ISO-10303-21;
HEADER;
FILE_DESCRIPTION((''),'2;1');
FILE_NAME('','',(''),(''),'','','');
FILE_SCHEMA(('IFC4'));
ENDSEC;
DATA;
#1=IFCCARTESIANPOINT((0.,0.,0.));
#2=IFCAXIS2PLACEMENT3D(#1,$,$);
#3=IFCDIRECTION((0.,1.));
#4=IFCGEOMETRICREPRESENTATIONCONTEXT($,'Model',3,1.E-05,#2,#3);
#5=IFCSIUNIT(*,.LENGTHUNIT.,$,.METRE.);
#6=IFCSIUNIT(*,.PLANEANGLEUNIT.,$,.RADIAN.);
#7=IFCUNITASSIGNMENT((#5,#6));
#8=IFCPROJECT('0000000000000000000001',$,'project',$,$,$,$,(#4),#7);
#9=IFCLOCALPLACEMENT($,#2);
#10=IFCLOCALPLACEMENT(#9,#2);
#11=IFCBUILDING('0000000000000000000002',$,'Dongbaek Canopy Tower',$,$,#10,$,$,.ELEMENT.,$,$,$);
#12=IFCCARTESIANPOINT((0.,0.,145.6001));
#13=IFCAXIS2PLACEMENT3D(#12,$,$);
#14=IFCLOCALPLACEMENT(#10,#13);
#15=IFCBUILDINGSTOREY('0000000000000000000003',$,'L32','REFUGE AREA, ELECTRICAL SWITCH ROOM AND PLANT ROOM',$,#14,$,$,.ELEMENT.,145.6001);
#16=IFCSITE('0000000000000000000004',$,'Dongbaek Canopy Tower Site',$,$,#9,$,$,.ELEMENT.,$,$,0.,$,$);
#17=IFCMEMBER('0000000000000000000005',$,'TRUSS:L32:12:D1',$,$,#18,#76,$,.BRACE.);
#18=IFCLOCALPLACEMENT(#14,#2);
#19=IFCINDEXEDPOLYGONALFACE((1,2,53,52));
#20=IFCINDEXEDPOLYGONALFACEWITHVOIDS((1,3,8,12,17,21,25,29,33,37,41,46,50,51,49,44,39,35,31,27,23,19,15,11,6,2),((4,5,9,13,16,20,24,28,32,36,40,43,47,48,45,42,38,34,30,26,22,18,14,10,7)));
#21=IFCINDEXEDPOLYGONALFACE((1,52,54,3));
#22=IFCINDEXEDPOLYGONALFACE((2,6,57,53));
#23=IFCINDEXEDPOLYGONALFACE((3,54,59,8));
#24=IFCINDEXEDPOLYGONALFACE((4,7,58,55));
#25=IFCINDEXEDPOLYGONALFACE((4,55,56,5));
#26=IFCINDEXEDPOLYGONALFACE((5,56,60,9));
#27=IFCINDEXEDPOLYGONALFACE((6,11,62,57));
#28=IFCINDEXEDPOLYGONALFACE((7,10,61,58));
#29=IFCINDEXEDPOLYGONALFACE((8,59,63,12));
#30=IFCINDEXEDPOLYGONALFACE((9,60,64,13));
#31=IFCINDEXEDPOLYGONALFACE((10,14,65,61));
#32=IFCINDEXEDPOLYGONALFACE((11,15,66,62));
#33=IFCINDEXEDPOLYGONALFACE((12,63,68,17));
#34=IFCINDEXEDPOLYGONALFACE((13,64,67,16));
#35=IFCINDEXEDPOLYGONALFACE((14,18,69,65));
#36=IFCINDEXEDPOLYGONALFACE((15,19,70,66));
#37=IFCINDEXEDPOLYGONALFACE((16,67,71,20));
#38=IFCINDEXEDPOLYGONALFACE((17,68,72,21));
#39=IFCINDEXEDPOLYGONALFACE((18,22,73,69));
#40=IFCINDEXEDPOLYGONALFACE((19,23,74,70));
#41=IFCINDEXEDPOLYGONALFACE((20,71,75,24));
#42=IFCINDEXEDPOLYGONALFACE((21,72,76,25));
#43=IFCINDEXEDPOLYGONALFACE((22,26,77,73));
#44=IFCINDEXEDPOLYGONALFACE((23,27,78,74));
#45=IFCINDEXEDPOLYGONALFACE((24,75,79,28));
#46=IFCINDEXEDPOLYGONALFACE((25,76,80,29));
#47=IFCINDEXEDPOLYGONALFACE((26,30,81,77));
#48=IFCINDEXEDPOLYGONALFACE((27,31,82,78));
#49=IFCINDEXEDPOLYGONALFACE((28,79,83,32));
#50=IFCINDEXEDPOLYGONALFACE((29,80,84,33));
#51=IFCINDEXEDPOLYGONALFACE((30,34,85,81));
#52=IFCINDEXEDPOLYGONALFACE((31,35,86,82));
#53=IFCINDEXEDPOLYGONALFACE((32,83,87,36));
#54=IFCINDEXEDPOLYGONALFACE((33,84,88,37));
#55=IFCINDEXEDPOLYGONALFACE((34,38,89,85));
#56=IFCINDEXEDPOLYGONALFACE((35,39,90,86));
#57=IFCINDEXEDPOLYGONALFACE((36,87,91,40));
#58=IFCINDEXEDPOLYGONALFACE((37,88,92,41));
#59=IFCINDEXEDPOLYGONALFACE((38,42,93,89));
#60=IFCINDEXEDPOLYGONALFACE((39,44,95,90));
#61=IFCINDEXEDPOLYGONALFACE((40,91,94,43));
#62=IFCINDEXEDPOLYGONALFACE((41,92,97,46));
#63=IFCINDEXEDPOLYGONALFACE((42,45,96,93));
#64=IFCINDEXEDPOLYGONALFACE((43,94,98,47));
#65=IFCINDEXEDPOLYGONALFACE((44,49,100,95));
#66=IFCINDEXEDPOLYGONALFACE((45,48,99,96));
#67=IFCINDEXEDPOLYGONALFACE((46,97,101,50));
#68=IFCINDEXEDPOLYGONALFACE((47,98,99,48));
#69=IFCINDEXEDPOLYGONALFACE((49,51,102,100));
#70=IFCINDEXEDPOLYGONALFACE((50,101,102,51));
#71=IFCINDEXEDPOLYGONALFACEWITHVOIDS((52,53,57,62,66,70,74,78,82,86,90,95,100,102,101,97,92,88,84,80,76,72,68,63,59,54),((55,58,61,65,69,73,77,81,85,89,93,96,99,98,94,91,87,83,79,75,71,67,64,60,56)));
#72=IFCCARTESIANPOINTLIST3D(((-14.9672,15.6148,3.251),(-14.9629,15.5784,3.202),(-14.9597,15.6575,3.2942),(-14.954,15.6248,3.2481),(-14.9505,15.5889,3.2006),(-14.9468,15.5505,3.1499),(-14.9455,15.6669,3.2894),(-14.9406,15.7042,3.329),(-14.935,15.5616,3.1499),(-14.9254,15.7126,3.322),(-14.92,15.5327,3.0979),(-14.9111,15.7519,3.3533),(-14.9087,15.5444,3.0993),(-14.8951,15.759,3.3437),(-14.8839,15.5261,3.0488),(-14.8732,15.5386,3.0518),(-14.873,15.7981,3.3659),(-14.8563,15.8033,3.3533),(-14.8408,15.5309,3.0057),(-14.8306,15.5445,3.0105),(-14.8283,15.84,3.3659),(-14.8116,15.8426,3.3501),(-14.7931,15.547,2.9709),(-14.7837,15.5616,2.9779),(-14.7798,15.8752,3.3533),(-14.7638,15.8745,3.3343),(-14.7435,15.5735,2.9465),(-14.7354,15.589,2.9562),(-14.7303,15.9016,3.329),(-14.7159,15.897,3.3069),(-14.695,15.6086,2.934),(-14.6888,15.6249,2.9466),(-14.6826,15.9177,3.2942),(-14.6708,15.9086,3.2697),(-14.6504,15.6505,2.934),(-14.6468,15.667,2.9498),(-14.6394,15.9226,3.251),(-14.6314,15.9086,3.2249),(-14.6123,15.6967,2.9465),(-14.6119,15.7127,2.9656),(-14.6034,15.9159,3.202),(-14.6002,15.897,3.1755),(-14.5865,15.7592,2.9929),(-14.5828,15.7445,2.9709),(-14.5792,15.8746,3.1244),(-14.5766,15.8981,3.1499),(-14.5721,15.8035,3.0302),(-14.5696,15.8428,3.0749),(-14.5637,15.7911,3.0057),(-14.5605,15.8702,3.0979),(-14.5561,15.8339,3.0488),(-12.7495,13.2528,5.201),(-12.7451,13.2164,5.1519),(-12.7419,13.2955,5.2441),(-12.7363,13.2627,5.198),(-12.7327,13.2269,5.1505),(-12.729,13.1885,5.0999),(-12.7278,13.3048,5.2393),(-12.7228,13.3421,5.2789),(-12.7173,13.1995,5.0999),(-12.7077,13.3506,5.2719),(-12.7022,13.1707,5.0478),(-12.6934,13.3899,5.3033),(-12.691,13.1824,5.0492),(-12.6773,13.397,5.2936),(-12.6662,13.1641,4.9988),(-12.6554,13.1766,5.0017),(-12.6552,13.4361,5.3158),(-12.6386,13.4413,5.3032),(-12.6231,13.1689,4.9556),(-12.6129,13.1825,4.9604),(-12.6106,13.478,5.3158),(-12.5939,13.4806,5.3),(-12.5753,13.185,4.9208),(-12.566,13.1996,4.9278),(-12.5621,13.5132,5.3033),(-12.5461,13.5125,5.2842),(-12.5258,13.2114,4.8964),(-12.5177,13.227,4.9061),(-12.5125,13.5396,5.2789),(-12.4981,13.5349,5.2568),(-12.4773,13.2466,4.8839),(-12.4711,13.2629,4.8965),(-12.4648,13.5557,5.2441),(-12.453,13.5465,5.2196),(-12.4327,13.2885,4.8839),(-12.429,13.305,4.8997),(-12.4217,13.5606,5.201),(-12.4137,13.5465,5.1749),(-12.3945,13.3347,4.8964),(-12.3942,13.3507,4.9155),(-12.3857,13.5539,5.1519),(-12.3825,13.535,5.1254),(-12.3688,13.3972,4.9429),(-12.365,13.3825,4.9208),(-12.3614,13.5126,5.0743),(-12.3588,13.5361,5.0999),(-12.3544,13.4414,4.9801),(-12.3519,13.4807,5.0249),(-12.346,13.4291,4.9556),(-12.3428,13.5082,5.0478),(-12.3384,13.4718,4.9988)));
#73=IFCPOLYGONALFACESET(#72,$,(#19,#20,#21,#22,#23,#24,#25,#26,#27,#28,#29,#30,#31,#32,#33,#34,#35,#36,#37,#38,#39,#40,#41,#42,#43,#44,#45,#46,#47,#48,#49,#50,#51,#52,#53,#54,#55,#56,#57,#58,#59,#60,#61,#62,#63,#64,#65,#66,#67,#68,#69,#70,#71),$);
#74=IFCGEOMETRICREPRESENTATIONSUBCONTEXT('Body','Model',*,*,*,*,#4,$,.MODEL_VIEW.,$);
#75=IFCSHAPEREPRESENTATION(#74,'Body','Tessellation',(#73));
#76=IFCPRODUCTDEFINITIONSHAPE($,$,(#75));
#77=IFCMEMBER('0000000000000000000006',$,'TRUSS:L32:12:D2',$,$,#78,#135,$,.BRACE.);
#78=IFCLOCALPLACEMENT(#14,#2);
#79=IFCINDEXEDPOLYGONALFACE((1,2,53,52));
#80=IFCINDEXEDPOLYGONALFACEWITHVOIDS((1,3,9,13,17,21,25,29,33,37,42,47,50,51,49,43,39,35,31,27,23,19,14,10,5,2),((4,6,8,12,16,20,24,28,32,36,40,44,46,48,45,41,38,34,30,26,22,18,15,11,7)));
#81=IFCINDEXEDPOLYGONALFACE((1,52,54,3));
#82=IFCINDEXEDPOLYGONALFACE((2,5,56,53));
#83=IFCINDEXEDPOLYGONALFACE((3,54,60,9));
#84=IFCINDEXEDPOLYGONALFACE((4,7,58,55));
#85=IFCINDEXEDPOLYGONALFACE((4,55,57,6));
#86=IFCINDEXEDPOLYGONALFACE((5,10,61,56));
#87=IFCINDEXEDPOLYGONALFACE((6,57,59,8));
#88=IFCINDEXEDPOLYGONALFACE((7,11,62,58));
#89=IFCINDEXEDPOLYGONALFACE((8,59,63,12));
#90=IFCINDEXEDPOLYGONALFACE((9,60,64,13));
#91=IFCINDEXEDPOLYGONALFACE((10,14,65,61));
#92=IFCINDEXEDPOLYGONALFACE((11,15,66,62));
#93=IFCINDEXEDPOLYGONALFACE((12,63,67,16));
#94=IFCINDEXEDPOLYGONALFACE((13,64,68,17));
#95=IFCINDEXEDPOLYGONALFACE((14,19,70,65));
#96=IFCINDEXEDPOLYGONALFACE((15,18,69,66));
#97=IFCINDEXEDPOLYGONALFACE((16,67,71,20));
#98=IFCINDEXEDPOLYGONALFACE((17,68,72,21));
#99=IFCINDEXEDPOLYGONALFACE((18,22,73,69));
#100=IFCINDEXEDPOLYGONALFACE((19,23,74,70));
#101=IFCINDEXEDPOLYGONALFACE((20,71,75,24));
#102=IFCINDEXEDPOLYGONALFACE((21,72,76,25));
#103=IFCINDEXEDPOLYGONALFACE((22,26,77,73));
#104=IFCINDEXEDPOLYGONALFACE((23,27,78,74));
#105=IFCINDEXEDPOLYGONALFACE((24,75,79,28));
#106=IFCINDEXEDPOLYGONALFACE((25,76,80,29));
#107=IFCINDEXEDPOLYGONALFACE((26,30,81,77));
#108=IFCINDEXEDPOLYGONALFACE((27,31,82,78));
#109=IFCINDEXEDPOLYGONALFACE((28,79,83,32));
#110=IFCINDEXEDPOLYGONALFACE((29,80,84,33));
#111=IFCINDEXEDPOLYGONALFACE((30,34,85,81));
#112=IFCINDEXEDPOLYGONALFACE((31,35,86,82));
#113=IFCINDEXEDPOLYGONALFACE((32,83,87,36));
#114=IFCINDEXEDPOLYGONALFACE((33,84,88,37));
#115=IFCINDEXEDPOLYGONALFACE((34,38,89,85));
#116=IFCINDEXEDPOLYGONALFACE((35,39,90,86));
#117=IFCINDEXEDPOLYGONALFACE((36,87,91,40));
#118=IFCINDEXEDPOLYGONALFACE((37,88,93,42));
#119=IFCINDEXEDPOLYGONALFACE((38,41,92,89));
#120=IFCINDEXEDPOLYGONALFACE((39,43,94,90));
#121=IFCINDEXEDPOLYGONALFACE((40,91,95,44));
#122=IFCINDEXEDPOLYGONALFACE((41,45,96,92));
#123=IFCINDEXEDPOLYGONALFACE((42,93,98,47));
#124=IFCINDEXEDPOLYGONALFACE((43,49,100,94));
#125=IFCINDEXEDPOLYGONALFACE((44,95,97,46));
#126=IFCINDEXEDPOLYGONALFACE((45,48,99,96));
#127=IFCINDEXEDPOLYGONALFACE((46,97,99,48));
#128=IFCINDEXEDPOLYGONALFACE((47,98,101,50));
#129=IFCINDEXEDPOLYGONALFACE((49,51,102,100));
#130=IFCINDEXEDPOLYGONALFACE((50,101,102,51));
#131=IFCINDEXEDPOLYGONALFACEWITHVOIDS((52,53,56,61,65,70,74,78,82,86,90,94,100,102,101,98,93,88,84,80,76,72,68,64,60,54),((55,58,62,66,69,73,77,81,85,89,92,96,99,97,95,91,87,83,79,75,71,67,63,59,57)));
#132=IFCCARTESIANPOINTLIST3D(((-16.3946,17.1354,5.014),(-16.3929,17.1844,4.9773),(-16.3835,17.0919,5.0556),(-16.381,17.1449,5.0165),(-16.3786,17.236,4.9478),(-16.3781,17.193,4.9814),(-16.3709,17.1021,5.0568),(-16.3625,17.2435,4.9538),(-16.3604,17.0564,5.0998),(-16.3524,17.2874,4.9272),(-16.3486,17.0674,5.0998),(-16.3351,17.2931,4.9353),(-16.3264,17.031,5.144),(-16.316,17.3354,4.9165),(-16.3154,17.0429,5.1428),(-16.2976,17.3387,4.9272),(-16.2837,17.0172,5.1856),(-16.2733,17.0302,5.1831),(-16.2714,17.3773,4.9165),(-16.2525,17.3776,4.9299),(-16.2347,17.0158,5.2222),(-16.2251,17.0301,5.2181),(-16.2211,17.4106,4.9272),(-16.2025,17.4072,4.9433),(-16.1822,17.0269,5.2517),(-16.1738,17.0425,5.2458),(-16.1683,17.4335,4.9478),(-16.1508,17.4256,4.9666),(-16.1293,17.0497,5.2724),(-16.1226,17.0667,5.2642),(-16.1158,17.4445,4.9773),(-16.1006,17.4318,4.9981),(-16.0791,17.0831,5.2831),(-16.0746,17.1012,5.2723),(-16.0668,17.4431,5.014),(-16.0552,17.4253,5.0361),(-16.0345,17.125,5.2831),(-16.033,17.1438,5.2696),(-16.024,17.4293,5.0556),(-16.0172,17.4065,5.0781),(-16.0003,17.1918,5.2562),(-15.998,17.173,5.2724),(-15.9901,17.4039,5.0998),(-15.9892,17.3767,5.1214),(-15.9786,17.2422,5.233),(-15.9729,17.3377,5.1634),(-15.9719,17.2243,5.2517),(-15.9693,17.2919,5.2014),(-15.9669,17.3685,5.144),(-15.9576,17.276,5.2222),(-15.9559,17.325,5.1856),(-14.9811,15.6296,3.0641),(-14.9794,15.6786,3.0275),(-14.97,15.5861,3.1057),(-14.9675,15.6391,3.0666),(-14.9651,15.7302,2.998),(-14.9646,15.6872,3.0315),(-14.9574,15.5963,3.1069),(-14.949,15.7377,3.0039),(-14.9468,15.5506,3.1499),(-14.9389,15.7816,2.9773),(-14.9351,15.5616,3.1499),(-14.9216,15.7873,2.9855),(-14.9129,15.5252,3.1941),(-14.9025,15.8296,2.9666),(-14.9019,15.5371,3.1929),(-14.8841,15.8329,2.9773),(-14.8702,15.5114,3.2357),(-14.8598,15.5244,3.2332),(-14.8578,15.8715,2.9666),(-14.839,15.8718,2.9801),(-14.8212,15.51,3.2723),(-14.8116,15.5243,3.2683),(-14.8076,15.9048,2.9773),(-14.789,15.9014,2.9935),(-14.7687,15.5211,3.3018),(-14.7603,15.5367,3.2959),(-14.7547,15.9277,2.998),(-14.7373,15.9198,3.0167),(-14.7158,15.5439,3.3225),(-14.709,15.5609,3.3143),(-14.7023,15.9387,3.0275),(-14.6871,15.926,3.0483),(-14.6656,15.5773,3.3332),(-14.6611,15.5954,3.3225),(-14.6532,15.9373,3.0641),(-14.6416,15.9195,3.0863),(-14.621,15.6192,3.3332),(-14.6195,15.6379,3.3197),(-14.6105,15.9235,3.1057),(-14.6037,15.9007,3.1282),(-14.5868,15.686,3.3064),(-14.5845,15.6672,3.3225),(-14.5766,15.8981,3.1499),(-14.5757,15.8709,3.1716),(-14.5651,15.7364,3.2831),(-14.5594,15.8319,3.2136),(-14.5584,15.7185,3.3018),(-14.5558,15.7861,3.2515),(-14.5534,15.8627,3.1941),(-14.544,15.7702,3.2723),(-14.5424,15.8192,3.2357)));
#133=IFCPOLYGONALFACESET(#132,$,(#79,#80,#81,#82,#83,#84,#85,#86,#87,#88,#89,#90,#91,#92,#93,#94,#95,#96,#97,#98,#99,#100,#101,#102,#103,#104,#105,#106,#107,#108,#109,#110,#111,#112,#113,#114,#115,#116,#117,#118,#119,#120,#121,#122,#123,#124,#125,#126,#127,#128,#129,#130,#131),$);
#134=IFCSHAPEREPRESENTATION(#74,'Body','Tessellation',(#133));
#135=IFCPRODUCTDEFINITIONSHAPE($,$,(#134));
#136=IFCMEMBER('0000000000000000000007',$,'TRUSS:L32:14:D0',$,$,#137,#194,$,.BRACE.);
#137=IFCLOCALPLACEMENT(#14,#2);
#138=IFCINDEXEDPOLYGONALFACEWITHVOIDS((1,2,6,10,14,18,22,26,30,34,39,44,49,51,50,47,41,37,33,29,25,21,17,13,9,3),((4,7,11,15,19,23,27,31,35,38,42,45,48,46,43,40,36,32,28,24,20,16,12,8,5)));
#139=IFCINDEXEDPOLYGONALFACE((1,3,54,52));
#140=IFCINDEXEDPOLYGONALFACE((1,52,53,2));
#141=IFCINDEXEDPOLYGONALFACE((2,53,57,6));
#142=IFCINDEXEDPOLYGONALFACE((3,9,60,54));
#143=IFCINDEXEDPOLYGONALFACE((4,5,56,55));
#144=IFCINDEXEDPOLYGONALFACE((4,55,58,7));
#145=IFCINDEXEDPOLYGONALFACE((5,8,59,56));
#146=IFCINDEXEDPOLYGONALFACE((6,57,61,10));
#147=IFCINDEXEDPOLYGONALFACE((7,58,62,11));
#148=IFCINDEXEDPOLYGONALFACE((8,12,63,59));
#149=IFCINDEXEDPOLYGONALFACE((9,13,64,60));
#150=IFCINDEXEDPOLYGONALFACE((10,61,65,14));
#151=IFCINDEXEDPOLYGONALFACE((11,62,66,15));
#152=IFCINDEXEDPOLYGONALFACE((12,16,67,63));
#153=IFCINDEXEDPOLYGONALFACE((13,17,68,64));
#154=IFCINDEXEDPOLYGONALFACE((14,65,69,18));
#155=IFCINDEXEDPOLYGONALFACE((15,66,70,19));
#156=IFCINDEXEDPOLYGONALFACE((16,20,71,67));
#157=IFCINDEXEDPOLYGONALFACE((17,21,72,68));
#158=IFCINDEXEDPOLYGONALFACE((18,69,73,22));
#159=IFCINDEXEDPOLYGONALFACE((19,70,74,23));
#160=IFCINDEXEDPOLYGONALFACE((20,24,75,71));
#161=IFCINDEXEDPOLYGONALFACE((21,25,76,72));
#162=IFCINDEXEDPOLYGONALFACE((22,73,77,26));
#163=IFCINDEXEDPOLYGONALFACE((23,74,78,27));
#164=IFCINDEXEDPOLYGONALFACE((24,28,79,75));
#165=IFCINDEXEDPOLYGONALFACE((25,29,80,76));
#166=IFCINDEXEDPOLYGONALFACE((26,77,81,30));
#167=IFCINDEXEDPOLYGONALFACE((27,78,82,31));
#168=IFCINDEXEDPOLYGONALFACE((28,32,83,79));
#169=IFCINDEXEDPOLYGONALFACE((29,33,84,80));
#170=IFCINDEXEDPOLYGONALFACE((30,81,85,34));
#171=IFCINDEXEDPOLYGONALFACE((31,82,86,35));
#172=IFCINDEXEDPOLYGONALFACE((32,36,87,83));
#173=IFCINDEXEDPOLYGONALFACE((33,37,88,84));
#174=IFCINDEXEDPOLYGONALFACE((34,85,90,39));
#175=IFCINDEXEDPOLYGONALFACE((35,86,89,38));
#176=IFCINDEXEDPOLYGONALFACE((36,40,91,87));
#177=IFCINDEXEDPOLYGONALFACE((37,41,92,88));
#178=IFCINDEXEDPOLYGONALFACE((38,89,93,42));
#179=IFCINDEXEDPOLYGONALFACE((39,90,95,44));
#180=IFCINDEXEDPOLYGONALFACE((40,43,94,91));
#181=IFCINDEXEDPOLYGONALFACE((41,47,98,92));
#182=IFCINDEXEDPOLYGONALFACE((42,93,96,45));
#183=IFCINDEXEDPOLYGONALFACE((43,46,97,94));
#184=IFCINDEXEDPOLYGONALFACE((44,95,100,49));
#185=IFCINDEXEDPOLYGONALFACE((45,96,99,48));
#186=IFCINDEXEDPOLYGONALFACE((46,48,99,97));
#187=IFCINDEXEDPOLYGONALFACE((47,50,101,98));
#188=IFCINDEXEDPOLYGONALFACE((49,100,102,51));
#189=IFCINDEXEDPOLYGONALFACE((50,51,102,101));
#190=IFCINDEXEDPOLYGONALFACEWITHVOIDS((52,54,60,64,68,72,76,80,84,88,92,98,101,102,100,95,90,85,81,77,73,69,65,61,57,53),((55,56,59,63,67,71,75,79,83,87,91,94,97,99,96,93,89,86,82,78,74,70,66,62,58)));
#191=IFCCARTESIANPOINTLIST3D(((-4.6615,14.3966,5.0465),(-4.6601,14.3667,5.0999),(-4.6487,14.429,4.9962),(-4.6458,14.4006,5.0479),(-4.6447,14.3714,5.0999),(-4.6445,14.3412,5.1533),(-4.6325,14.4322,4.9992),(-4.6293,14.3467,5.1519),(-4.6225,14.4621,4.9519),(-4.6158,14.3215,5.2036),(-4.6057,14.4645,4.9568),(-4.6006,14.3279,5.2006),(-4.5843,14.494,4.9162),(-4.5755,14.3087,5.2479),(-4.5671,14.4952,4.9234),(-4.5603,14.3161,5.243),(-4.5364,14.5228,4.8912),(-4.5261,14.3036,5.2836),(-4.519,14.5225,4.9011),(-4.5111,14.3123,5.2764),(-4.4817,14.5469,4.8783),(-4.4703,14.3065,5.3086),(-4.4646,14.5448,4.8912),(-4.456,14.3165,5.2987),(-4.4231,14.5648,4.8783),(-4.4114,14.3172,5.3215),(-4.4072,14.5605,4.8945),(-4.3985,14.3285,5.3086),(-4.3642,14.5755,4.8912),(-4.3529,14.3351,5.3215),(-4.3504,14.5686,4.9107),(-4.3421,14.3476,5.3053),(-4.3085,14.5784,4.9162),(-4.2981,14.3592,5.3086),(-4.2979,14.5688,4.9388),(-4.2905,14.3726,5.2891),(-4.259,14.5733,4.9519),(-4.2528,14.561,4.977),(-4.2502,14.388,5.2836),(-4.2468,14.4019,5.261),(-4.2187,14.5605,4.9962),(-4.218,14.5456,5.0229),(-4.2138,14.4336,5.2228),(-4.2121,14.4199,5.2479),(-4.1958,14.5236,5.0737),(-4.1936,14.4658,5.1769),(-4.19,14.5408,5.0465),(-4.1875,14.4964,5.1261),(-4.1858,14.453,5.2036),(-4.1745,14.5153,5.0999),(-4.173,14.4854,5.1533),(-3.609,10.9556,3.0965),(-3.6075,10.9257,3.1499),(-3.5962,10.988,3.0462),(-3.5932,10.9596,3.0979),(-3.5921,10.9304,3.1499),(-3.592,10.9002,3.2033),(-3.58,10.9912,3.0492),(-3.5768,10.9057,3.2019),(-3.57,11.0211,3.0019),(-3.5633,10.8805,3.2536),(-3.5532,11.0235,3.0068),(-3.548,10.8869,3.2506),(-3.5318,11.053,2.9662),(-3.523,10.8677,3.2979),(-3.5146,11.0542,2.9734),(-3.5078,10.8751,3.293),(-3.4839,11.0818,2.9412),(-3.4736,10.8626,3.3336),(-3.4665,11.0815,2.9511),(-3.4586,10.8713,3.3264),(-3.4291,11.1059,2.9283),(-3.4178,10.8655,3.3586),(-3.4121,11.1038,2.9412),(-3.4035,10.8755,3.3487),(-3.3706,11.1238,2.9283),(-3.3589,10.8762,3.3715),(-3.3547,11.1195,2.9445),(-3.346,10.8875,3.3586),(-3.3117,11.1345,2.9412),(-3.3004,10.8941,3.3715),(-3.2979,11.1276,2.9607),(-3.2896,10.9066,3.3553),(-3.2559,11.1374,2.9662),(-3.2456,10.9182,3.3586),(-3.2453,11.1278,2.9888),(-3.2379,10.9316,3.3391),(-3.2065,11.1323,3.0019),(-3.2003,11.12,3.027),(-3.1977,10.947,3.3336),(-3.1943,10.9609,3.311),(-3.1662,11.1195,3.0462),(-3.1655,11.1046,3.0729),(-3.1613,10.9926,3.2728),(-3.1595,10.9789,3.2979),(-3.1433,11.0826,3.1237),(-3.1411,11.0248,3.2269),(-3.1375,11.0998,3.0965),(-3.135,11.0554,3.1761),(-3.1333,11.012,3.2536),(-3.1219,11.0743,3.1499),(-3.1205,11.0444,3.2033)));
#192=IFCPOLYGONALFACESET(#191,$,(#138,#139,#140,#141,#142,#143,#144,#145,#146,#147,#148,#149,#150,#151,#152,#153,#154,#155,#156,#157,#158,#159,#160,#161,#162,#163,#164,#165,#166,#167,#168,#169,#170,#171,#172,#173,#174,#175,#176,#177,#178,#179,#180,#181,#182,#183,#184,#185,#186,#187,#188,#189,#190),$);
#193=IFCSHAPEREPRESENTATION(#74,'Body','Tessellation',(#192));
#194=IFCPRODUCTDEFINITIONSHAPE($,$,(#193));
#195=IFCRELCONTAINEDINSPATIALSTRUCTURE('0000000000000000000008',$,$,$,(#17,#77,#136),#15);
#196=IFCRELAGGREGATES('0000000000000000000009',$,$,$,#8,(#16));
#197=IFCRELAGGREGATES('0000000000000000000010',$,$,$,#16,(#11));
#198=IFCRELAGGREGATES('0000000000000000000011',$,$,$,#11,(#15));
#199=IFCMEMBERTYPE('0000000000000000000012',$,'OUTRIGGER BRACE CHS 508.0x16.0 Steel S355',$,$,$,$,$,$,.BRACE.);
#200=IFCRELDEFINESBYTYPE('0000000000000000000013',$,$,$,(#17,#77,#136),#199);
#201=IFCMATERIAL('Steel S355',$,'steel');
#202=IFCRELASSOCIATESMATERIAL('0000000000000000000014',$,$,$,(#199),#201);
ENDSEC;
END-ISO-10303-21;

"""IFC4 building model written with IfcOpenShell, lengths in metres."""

from ifc_helpers import new_model, si_unit, direction, frame, origin, origin_2d, place, context, subcontext, project, spatial, hollow_circle, extrude, material, material_profile, profile_set, type_object, element, save


model = new_model("IFC4")

# Units and contexts
model_context = context("Model", 3, precision=1e-05, world=origin(), true_north=direction((0.0, 1.0)))
body_context = subcontext(model_context, "Body", "Model", "MODEL_VIEW")
ifc_project = project(units=[si_unit("LENGTHUNIT", "METRE"), si_unit("PLANEANGLEUNIT", "RADIAN")], contexts=[model_context])

# Site, building, storey
site_placement = place(None, origin())
site = spatial("IfcSite", under=ifc_project, at=site_placement, Name="Dongbaek Canopy Tower Site", CompositionType="ELEMENT", RefElevation=0.0)
building_placement = place(site_placement, origin())
building = spatial("IfcBuilding", under=site, at=building_placement, Name="Dongbaek Canopy Tower", CompositionType="ELEMENT")
storey_placement = place(building_placement, frame((0.0, 0.0, 145.6001)))
storey = spatial("IfcBuildingStorey", under=building, at=storey_placement, Name="L32", Description="REFUGE AREA, ELECTRICAL SWITCH ROOM AND PLANT ROOM", CompositionType="ELEMENT", Elevation=145.6001)

# Members
ifc_material_1 = material(Name="Steel S355", Category="steel")
ifc_material_profile_1 = material_profile(ifc_material_1, hollow_circle(Radius=0.2539, WallThickness=0.0161, at=origin_2d()), Name="OUTRIGGER BRACE CHS 508.0x16.0 Steel S355")
ifc_profile_set_1 = profile_set([ifc_material_profile_1], Name="Steel S355")
member_type_1 = type_object("IfcMemberType", Name="OUTRIGGER BRACE CHS 508.0x16.0 Steel S355", PredefinedType="BRACE", material=ifc_profile_set_1)
for number, where, z_axis, x_axis, name in (
    (1, (-12.5439, 13.3623, 5.0999), (-0.586471, 0.624627, -0.515648), (-0.729022, -0.68449, 0.0), "TRUSS:L32:12:D1"),
):
    element("IfcMember", number, at=place(storey_placement, frame(where, z_axis=z_axis, x_axis=x_axis)), inside=storey, type_object=member_type_1, Name=name, PredefinedType="BRACE", context=body_context, shape_type="SweptSolid", body=[
        extrude(hollow_circle(Radius=0.2539, WallThickness=0.0161, at=origin_2d()), origin(), (0.0, 0.0, 1.0), 3.7815),
    ])
member_1_placement = place(storey_placement, frame((-14.7617, 15.7244, 3.1499), z_axis=(-0.49766, 0.53015, 0.686496), x_axis=(-0.729095, -0.684413, 0.0)))
element("IfcMember", 2, at=member_1_placement, inside=storey, type_object=member_type_1, Name="TRUSS:L32:12:D2", PredefinedType="BRACE", context=body_context, shape_type="SweptSolid", body=[
    extrude(hollow_circle(Radius=0.2539, WallThickness=0.0161, at=origin_2d()), origin(), (0.0, 0.0, 1.0), 2.8403),
])
for number, where, z_axis, x_axis, name in (
    (3, (-3.3647, 11.0, 3.1499), (-0.257165, 0.840751, 0.476449), (-0.956266, -0.292498, 0.0), "TRUSS:L32:14:D0"),
):
    element("IfcMember", number, at=place(storey_placement, frame(where, z_axis=z_axis, x_axis=x_axis)), inside=storey, type_object=member_type_1, Name=name, PredefinedType="BRACE", context=body_context, shape_type="SweptSolid", body=[
        extrude(hollow_circle(Radius=0.2539, WallThickness=0.0161, at=origin_2d()), origin(), (0.0, 0.0, 1.0), 4.0928),
    ])

save(model, "model.ifc")
